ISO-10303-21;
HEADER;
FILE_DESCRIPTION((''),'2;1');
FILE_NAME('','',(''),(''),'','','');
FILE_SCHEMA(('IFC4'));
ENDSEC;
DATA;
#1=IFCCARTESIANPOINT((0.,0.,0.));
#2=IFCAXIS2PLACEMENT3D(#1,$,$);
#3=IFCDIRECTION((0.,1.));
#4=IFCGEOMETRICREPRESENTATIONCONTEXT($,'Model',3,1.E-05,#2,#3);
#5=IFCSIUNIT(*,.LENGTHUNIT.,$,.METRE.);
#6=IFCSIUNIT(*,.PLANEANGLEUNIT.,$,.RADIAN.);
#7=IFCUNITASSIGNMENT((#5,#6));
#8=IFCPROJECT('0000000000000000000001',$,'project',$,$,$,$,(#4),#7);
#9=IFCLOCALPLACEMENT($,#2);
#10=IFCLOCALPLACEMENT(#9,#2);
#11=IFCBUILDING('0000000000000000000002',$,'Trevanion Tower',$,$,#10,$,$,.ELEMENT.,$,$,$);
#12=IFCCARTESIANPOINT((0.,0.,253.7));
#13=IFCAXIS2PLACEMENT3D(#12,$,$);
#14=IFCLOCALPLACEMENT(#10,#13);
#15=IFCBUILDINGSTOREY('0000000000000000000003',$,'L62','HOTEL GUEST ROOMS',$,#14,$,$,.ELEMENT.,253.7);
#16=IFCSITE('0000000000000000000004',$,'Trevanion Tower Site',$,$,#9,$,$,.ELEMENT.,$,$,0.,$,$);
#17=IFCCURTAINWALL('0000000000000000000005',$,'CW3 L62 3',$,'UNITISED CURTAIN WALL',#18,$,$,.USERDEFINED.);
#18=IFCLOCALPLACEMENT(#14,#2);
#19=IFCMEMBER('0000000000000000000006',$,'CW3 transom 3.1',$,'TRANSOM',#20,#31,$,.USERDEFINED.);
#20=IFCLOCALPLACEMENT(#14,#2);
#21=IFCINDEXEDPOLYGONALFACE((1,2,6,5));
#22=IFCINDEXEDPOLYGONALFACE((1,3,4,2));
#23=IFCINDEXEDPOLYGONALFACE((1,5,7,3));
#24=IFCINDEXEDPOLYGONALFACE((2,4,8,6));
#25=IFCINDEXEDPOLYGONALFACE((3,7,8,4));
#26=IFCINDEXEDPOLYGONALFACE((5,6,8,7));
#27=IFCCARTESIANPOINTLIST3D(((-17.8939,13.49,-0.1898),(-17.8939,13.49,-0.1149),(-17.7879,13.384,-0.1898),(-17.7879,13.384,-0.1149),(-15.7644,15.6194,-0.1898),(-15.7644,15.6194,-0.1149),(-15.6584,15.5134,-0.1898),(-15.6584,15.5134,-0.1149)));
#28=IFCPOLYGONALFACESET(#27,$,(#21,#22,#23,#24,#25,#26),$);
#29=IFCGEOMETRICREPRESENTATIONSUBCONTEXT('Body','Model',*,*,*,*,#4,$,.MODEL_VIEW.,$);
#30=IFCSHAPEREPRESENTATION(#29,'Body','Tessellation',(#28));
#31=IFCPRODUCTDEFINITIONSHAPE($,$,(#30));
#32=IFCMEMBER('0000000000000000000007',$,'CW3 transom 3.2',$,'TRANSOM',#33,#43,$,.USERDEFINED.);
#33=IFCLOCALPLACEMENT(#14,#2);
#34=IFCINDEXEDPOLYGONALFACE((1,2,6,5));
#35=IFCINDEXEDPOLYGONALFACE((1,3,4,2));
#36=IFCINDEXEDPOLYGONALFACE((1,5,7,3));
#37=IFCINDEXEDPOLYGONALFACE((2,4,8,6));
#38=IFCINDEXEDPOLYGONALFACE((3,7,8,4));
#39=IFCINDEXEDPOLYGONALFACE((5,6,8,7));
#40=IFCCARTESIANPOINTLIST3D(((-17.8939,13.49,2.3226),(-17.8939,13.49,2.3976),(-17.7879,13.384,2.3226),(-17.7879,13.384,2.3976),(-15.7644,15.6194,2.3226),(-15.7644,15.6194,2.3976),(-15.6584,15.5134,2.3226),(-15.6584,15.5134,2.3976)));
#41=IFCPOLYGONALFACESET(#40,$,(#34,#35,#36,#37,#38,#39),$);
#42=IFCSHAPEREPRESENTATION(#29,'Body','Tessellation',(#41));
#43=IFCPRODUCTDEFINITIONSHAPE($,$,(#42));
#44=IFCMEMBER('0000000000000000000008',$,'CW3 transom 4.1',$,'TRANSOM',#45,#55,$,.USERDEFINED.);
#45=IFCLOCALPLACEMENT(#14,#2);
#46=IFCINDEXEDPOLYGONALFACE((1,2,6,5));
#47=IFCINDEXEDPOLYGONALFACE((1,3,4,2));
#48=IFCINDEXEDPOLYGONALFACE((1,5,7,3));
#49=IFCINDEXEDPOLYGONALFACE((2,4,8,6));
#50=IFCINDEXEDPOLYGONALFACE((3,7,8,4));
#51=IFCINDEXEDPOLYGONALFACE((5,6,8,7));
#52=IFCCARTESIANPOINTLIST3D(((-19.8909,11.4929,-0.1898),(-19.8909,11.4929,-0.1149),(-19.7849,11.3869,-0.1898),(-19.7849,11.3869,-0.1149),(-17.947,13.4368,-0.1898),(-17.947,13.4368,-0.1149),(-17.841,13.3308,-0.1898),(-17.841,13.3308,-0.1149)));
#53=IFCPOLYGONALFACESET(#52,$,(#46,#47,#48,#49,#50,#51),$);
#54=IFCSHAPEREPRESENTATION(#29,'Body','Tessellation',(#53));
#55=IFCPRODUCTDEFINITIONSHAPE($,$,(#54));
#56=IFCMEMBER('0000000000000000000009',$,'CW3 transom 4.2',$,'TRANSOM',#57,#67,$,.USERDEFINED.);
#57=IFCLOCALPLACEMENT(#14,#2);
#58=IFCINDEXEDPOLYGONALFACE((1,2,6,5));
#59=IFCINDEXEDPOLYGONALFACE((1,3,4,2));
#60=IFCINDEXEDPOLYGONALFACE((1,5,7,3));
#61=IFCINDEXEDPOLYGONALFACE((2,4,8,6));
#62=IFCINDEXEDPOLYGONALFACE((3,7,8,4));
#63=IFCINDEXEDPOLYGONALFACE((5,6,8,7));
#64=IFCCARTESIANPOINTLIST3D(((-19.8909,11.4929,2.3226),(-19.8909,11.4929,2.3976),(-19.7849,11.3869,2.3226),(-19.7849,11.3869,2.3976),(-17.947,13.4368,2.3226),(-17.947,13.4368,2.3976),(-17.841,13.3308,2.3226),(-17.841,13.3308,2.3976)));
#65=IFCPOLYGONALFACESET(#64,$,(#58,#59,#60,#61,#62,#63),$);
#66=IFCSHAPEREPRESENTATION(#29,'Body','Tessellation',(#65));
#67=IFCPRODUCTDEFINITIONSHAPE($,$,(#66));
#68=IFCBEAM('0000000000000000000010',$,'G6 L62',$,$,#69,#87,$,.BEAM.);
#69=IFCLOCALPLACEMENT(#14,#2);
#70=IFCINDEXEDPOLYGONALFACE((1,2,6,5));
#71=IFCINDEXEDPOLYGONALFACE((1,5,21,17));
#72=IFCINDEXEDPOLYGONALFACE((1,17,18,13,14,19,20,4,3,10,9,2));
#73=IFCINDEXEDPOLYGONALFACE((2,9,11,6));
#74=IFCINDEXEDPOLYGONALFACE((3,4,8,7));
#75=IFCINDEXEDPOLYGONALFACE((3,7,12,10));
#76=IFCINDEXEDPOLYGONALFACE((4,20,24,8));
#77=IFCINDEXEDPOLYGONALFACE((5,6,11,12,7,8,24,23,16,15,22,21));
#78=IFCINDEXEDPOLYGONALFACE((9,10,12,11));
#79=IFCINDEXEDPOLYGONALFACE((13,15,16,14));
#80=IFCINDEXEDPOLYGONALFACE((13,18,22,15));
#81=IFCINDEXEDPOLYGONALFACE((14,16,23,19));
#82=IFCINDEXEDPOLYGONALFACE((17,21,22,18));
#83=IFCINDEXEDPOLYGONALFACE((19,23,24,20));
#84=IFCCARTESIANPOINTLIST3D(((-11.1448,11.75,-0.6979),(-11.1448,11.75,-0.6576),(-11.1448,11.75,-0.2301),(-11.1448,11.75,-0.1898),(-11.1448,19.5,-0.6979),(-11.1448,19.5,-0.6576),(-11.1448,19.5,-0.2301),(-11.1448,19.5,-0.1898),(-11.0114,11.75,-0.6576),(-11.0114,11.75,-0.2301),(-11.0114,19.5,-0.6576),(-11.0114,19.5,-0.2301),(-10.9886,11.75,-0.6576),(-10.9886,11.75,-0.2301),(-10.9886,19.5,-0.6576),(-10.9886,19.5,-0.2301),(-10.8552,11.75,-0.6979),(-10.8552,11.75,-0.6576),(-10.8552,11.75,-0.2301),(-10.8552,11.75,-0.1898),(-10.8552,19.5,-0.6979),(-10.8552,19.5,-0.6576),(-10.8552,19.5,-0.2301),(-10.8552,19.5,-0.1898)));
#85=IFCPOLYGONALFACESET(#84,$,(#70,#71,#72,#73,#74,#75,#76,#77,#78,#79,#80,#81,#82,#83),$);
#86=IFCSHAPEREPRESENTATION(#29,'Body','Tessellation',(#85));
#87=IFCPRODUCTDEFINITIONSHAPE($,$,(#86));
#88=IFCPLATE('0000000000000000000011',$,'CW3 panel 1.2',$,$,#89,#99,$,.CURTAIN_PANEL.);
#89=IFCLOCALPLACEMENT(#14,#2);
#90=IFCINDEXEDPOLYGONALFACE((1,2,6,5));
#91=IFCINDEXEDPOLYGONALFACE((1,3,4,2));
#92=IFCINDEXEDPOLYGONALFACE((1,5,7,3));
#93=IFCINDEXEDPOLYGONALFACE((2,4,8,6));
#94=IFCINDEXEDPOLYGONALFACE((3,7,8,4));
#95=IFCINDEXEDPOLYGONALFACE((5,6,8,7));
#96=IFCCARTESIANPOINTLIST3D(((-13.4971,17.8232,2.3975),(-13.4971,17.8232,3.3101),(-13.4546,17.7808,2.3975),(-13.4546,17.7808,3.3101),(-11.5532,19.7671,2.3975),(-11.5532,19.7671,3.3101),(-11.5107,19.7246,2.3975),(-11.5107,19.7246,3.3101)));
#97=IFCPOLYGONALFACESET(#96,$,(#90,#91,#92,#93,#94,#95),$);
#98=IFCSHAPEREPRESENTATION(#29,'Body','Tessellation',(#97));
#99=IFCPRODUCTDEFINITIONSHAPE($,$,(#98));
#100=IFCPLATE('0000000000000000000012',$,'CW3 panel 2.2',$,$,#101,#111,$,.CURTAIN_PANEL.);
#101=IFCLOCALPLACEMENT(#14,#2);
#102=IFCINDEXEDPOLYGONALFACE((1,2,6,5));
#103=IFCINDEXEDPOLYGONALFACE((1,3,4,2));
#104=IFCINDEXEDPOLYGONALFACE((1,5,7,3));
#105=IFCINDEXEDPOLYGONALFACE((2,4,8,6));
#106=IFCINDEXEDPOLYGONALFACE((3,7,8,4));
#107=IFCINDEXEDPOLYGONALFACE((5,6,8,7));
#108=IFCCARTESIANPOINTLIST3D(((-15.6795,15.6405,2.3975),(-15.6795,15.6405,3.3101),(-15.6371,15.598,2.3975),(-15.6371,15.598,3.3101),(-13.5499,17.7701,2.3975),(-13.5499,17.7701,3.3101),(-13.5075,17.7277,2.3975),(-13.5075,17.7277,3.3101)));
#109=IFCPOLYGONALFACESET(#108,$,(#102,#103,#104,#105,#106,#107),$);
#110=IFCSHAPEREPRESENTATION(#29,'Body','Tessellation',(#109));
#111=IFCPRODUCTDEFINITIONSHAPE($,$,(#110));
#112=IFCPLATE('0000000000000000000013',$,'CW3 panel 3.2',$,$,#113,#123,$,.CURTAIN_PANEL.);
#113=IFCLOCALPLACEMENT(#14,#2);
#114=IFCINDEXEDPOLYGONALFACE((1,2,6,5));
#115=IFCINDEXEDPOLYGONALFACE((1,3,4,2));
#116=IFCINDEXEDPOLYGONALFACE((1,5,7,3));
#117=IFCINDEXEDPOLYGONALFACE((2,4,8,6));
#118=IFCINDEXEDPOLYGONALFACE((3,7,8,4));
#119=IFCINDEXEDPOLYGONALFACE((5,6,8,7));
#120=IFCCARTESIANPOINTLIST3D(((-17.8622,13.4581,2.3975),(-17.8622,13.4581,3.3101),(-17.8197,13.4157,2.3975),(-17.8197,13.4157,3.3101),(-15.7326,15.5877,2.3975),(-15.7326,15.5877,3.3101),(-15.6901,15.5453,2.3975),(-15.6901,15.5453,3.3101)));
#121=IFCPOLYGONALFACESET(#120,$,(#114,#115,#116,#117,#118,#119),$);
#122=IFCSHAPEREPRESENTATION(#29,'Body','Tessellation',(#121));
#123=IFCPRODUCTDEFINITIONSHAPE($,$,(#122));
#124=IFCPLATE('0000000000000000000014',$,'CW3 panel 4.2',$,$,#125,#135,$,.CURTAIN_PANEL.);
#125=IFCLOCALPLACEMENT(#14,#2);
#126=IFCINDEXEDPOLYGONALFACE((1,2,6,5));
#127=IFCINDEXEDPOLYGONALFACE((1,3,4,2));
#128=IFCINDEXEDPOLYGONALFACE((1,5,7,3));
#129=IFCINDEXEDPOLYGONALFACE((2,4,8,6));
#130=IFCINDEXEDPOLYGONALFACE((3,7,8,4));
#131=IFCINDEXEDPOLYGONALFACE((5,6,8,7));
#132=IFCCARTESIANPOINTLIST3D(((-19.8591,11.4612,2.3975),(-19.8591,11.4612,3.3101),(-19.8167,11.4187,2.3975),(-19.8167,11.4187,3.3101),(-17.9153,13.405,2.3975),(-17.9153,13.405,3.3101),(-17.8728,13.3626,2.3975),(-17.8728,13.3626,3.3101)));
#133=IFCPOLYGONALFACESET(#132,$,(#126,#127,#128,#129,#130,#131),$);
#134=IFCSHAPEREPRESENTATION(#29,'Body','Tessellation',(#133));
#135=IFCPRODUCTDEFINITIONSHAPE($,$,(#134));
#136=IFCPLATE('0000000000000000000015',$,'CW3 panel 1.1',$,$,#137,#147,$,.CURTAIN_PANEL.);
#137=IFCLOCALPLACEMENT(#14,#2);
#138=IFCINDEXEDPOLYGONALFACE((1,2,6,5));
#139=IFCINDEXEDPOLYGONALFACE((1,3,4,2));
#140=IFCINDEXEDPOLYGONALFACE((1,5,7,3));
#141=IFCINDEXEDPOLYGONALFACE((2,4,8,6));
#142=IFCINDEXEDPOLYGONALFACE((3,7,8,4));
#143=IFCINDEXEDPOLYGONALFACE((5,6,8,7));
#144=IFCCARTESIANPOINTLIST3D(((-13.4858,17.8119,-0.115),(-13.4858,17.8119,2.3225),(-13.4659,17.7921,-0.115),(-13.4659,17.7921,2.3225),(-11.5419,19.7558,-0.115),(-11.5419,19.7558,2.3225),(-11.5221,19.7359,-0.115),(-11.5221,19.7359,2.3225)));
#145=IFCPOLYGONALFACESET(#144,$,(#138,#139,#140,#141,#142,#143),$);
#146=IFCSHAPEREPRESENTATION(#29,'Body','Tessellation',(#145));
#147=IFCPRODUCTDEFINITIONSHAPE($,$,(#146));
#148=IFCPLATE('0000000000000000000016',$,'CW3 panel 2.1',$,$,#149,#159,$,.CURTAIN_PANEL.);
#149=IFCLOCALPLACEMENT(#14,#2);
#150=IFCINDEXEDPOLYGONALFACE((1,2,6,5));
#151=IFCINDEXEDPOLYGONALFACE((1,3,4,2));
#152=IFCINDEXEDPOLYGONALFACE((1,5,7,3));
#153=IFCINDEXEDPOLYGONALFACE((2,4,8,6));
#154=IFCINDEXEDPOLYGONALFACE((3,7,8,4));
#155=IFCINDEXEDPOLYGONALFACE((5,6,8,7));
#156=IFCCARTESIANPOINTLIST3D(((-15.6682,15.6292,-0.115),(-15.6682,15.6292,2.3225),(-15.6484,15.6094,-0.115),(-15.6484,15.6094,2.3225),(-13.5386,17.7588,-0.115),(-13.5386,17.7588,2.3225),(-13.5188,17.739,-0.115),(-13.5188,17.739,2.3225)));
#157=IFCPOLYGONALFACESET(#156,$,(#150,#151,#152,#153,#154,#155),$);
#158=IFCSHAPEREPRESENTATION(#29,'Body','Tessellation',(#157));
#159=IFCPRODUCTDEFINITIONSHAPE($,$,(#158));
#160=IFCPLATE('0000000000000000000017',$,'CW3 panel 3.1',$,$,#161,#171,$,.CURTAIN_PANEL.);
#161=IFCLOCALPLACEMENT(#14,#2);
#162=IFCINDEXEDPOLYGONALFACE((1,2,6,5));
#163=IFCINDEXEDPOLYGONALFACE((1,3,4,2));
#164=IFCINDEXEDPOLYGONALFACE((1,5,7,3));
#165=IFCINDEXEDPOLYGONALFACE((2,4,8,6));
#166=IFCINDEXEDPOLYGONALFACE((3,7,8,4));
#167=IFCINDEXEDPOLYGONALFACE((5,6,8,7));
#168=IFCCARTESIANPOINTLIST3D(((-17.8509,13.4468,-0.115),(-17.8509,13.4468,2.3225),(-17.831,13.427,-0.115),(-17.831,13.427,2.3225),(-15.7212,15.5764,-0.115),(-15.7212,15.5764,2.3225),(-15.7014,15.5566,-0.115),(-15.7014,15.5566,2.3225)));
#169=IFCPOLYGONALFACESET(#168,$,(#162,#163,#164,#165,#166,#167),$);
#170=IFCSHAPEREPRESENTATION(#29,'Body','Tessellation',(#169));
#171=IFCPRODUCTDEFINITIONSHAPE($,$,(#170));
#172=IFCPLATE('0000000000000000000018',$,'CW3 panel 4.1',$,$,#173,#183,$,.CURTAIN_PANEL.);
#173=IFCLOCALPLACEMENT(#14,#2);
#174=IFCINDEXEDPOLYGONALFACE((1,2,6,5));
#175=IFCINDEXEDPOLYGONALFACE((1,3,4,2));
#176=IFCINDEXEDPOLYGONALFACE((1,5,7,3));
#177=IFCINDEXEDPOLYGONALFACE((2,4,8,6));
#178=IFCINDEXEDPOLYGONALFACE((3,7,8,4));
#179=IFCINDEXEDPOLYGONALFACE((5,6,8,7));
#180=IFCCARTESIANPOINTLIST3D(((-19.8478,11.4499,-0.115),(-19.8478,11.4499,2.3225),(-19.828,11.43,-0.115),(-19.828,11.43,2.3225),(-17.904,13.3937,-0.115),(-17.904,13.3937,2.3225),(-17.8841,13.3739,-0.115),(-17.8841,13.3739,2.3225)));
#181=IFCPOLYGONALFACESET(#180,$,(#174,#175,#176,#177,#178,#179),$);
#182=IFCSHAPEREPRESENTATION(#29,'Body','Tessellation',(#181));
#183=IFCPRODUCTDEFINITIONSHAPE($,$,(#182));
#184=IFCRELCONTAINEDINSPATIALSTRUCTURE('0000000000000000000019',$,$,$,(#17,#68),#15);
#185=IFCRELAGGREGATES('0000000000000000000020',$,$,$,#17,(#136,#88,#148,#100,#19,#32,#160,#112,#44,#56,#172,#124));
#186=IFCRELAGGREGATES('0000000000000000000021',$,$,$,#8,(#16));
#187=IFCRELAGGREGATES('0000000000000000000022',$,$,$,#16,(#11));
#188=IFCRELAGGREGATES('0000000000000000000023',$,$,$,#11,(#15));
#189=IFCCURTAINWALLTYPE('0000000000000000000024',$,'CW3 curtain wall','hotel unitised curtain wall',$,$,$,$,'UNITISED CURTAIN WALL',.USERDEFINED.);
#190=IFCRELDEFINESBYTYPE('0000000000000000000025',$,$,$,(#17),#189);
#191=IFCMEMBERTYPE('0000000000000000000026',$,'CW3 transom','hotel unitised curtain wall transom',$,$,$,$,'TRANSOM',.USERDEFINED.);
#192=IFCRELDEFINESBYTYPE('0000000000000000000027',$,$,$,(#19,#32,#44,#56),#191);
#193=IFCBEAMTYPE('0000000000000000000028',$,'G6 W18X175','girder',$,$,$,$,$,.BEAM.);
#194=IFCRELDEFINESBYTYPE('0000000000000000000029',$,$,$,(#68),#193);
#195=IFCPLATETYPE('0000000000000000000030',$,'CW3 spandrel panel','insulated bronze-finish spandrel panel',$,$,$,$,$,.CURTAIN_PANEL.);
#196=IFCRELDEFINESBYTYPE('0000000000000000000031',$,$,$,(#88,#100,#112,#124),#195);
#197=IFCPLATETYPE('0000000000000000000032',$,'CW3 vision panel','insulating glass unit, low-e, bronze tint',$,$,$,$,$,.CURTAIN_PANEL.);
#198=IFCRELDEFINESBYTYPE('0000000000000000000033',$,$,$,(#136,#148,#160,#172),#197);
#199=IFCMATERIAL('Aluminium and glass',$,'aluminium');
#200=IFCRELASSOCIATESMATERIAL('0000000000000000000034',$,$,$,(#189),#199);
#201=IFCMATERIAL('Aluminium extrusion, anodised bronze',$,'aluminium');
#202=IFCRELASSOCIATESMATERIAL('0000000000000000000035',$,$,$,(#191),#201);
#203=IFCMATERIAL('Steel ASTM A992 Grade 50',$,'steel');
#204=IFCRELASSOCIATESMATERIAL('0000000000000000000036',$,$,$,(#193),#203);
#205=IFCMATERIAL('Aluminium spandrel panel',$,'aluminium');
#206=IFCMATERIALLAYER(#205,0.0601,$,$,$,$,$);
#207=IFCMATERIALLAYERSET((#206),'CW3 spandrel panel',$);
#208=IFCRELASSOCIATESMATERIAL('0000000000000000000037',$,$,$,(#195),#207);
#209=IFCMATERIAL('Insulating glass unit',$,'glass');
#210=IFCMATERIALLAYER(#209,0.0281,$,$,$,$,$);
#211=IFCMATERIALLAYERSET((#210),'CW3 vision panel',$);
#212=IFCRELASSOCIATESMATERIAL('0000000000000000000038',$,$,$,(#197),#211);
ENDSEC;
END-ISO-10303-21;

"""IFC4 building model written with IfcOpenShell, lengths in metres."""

from ifc_helpers import new_model, si_unit, direction, frame, origin, origin_2d, place, context, subcontext, project, spatial, rectangle, i_section, extrude, material, layer, layer_set, material_profile, profile_set, type_object, element, aggregate, save


model = new_model("IFC4")

# Units and contexts
model_context = context("Model", 3, precision=1e-05, world=origin(), true_north=direction((0.0, 1.0)))
body_context = subcontext(model_context, "Body", "Model", "MODEL_VIEW")
ifc_project = project(units=[si_unit("LENGTHUNIT", "METRE"), si_unit("PLANEANGLEUNIT", "RADIAN")], contexts=[model_context])

# Site, building, storey
site_placement = place(None, origin())
site = spatial("IfcSite", under=ifc_project, at=site_placement, Name="Trevanion Tower Site", CompositionType="ELEMENT", RefElevation=0.0)
building_placement = place(site_placement, origin())
building = spatial("IfcBuilding", under=site, at=building_placement, Name="Trevanion Tower", CompositionType="ELEMENT")
storey_placement = place(building_placement, frame((0.0, 0.0, 253.7)))
storey = spatial("IfcBuildingStorey", under=building, at=storey_placement, Name="L62", Description="HOTEL GUEST ROOMS", CompositionType="ELEMENT", Elevation=253.7)

# Curtain wall
ifc_material_1 = material(Name="Aluminium and glass", Category="aluminium")
curtain_wall_type = type_object("IfcCurtainWallType", Name="CW3 curtain wall", Description="hotel unitised curtain wall", ElementType="UNITISED CURTAIN WALL", PredefinedType="USERDEFINED", material=ifc_material_1)
curtain_wall_1_placement = place(storey_placement, origin())
curtain_wall_1 = element("IfcCurtainWall", 1, at=curtain_wall_1_placement, inside=storey, type_object=curtain_wall_type, Name="CW3 L62 3", ObjectType="UNITISED CURTAIN WALL", PredefinedType="USERDEFINED")

# Members
ifc_material_2 = material(Name="Aluminium extrusion, anodised bronze", Category="aluminium")
ifc_material_profile_1 = material_profile(ifc_material_2, rectangle(XDim=0.1499, YDim=0.075, at=origin_2d()), Name="CW3 transom")
ifc_profile_set_1 = profile_set([ifc_material_profile_1], Name="Aluminium extrusion, anodised bronze")
member_type_1 = type_object("IfcMemberType", Name="CW3 transom", Description="hotel unitised curtain wall transom", ElementType="TRANSOM", PredefinedType="USERDEFINED", material=ifc_profile_set_1)
member_1_placement = place(storey_placement, frame((-15.7114, 15.5664, -0.1523), z_axis=(-0.707107, -0.707107, 0.0), x_axis=(0.707107, -0.707107, 0.0)))
member_1 = element("IfcMember", 2, at=member_1_placement, type_object=member_type_1, Name="CW3 transom 3.1", ObjectType="TRANSOM", PredefinedType="USERDEFINED", context=body_context, shape_type="SweptSolid", body=[
    extrude(rectangle(XDim=0.1499, YDim=0.075, at=origin_2d()), origin(), (0.0, 0.0, 1.0), 3.0115),
])
member_2_placement = place(storey_placement, frame((-15.7114, 15.5664, 2.3601), z_axis=(-0.707107, -0.707107, 0.0), x_axis=(0.707107, -0.707107, 0.0)))
member_2 = element("IfcMember", 3, at=member_2_placement, type_object=member_type_1, Name="CW3 transom 3.2", ObjectType="TRANSOM", PredefinedType="USERDEFINED", context=body_context, shape_type="SweptSolid", body=[
    extrude(rectangle(XDim=0.1499, YDim=0.075, at=origin_2d()), origin(), (0.0, 0.0, 1.0), 3.0115),
])
member_3_placement = place(storey_placement, frame((-17.894, 13.3838, -0.1523), z_axis=(-0.707107, -0.707107, 0.0), x_axis=(0.707107, -0.707107, 0.0)))
member_3 = element("IfcMember", 4, at=member_3_placement, type_object=member_type_1, Name="CW3 transom 4.1", ObjectType="TRANSOM", PredefinedType="USERDEFINED", context=body_context, shape_type="SweptSolid", body=[
    extrude(rectangle(XDim=0.1499, YDim=0.075, at=origin_2d()), origin(), (0.0, 0.0, 1.0), 2.749),
])
member_4_placement = place(storey_placement, frame((-17.894, 13.3838, 2.3601), z_axis=(-0.707107, -0.707107, 0.0), x_axis=(0.707107, -0.707107, 0.0)))
member_4 = element("IfcMember", 5, at=member_4_placement, type_object=member_type_1, Name="CW3 transom 4.2", ObjectType="TRANSOM", PredefinedType="USERDEFINED", context=body_context, shape_type="SweptSolid", body=[
    extrude(rectangle(XDim=0.1499, YDim=0.075, at=origin_2d()), origin(), (0.0, 0.0, 1.0), 2.749),
])

# Beam
ifc_material_3 = material(Name="Steel ASTM A992 Grade 50", Category="steel")
ifc_material_profile_2 = material_profile(ifc_material_3, i_section(OverallWidth=0.2896, OverallDepth=0.5081, WebThickness=0.0227, FlangeThickness=0.0403, at=origin_2d()), Name="W18X175")
ifc_profile_set_2 = profile_set([ifc_material_profile_2], Name="Steel ASTM A992 Grade 50")
beam_type_1 = type_object("IfcBeamType", Name="G6 W18X175", Description="girder", PredefinedType="BEAM", material=ifc_profile_set_2)
beam_1_placement = place(storey_placement, frame((-11.0, 11.75, -0.4438), z_axis=(0.0, 1.0, 0.0), x_axis=(-1.0, 0.0, 0.0)))
element("IfcBeam", 6, at=beam_1_placement, inside=storey, type_object=beam_type_1, Name="G6 L62", PredefinedType="BEAM", context=body_context, shape_type="SweptSolid", body=[
    extrude(i_section(OverallWidth=0.2896, OverallDepth=0.5081, WebThickness=0.0227, FlangeThickness=0.0403, at=origin_2d()), origin(), (0.0, 0.0, 1.0), 7.75),
])

# Plates
ifc_material_4 = material(Name="Aluminium spandrel panel", Category="aluminium")
ifc_layer_1 = layer(ifc_material_4, 0.0601)
ifc_layer_set_1 = layer_set([ifc_layer_1], Name="CW3 spandrel panel")
plate_type_1 = type_object("IfcPlateType", Name="CW3 spandrel panel", Description="insulated bronze-finish spandrel panel", PredefinedType="CURTAIN_PANEL", material=ifc_layer_set_1)
plate_1_placement = place(storey_placement, frame((-12.5039, 18.7739, 2.3975), z_axis=(0.0, 0.0, 1.0), x_axis=(-0.707107, -0.707107, 0.0)))
plate_1 = element("IfcPlate", 7, at=plate_1_placement, type_object=plate_type_1, Name="CW3 panel 1.2", PredefinedType="CURTAIN_PANEL", context=body_context, shape_type="SweptSolid", body=[
    extrude(rectangle(XDim=2.749, YDim=0.0601, at=origin_2d()), origin(), (0.0, 0.0, 1.0), 0.9126),
])
plate_2_placement = place(storey_placement, frame((-14.5935, 16.6841, 2.3975), z_axis=(0.0, 0.0, 1.0), x_axis=(-0.707107, -0.707107, 0.0)))
plate_2 = element("IfcPlate", 8, at=plate_2_placement, type_object=plate_type_1, Name="CW3 panel 2.2", PredefinedType="CURTAIN_PANEL", context=body_context, shape_type="SweptSolid", body=[
    extrude(rectangle(XDim=3.0117, YDim=0.0601, at=origin_2d()), origin(), (0.0, 0.0, 1.0), 0.9126),
])
plate_3_placement = place(storey_placement, frame((-16.7761, 14.5017, 2.3975), z_axis=(0.0, 0.0, 1.0), x_axis=(-0.707107, -0.707107, 0.0)))
plate_3 = element("IfcPlate", 9, at=plate_3_placement, type_object=plate_type_1, Name="CW3 panel 3.2", PredefinedType="CURTAIN_PANEL", context=body_context, shape_type="SweptSolid", body=[
    extrude(rectangle(XDim=3.0117, YDim=0.0601, at=origin_2d()), origin(), (0.0, 0.0, 1.0), 0.9126),
])
plate_4_placement = place(storey_placement, frame((-18.866, 12.4119, 2.3975), z_axis=(0.0, 0.0, 1.0), x_axis=(-0.707107, -0.707107, 0.0)))
plate_4 = element("IfcPlate", 10, at=plate_4_placement, type_object=plate_type_1, Name="CW3 panel 4.2", PredefinedType="CURTAIN_PANEL", context=body_context, shape_type="SweptSolid", body=[
    extrude(rectangle(XDim=2.749, YDim=0.0601, at=origin_2d()), origin(), (0.0, 0.0, 1.0), 0.9126),
])
ifc_material_5 = material(Name="Insulating glass unit", Category="glass")
ifc_layer_2 = layer(ifc_material_5, 0.0281)
ifc_layer_set_2 = layer_set([ifc_layer_2], Name="CW3 vision panel")
plate_type_2 = type_object("IfcPlateType", Name="CW3 vision panel", Description="insulating glass unit, low-e, bronze tint", PredefinedType="CURTAIN_PANEL", material=ifc_layer_set_2)
plate_5_placement = place(storey_placement, frame((-12.5039, 18.7739, -0.115), z_axis=(0.0, 0.0, 1.0), x_axis=(-0.707107, -0.707107, 0.0)))
plate_5 = element("IfcPlate", 11, at=plate_5_placement, type_object=plate_type_2, Name="CW3 panel 1.1", PredefinedType="CURTAIN_PANEL", context=body_context, shape_type="SweptSolid", body=[
    extrude(rectangle(XDim=2.749, YDim=0.0281, at=origin_2d()), origin(), (0.0, 0.0, 1.0), 2.4375),
])
plate_6_placement = place(storey_placement, frame((-14.5935, 16.6841, -0.115), z_axis=(0.0, 0.0, 1.0), x_axis=(-0.707107, -0.707107, 0.0)))
plate_6 = element("IfcPlate", 12, at=plate_6_placement, type_object=plate_type_2, Name="CW3 panel 2.1", PredefinedType="CURTAIN_PANEL", context=body_context, shape_type="SweptSolid", body=[
    extrude(rectangle(XDim=3.0117, YDim=0.0281, at=origin_2d()), origin(), (0.0, 0.0, 1.0), 2.4375),
])
plate_7_placement = place(storey_placement, frame((-16.7761, 14.5017, -0.115), z_axis=(0.0, 0.0, 1.0), x_axis=(-0.707107, -0.707107, 0.0)))
plate_7 = element("IfcPlate", 13, at=plate_7_placement, type_object=plate_type_2, Name="CW3 panel 3.1", PredefinedType="CURTAIN_PANEL", context=body_context, shape_type="SweptSolid", body=[
    extrude(rectangle(XDim=3.0117, YDim=0.0281, at=origin_2d()), origin(), (0.0, 0.0, 1.0), 2.4375),
])
plate_8_placement = place(storey_placement, frame((-18.866, 12.4119, -0.115), z_axis=(0.0, 0.0, 1.0), x_axis=(-0.707107, -0.707107, 0.0)))
plate_8 = element("IfcPlate", 14, at=plate_8_placement, type_object=plate_type_2, Name="CW3 panel 4.1", PredefinedType="CURTAIN_PANEL", context=body_context, shape_type="SweptSolid", body=[
    extrude(rectangle(XDim=2.749, YDim=0.0281, at=origin_2d()), origin(), (0.0, 0.0, 1.0), 2.4375),
])
aggregate(curtain_wall_1, [plate_5, plate_1, plate_6, plate_2, member_1, member_2, plate_7, plate_3, member_3, member_4, plate_8, plate_4])

save(model, "model.ifc")
